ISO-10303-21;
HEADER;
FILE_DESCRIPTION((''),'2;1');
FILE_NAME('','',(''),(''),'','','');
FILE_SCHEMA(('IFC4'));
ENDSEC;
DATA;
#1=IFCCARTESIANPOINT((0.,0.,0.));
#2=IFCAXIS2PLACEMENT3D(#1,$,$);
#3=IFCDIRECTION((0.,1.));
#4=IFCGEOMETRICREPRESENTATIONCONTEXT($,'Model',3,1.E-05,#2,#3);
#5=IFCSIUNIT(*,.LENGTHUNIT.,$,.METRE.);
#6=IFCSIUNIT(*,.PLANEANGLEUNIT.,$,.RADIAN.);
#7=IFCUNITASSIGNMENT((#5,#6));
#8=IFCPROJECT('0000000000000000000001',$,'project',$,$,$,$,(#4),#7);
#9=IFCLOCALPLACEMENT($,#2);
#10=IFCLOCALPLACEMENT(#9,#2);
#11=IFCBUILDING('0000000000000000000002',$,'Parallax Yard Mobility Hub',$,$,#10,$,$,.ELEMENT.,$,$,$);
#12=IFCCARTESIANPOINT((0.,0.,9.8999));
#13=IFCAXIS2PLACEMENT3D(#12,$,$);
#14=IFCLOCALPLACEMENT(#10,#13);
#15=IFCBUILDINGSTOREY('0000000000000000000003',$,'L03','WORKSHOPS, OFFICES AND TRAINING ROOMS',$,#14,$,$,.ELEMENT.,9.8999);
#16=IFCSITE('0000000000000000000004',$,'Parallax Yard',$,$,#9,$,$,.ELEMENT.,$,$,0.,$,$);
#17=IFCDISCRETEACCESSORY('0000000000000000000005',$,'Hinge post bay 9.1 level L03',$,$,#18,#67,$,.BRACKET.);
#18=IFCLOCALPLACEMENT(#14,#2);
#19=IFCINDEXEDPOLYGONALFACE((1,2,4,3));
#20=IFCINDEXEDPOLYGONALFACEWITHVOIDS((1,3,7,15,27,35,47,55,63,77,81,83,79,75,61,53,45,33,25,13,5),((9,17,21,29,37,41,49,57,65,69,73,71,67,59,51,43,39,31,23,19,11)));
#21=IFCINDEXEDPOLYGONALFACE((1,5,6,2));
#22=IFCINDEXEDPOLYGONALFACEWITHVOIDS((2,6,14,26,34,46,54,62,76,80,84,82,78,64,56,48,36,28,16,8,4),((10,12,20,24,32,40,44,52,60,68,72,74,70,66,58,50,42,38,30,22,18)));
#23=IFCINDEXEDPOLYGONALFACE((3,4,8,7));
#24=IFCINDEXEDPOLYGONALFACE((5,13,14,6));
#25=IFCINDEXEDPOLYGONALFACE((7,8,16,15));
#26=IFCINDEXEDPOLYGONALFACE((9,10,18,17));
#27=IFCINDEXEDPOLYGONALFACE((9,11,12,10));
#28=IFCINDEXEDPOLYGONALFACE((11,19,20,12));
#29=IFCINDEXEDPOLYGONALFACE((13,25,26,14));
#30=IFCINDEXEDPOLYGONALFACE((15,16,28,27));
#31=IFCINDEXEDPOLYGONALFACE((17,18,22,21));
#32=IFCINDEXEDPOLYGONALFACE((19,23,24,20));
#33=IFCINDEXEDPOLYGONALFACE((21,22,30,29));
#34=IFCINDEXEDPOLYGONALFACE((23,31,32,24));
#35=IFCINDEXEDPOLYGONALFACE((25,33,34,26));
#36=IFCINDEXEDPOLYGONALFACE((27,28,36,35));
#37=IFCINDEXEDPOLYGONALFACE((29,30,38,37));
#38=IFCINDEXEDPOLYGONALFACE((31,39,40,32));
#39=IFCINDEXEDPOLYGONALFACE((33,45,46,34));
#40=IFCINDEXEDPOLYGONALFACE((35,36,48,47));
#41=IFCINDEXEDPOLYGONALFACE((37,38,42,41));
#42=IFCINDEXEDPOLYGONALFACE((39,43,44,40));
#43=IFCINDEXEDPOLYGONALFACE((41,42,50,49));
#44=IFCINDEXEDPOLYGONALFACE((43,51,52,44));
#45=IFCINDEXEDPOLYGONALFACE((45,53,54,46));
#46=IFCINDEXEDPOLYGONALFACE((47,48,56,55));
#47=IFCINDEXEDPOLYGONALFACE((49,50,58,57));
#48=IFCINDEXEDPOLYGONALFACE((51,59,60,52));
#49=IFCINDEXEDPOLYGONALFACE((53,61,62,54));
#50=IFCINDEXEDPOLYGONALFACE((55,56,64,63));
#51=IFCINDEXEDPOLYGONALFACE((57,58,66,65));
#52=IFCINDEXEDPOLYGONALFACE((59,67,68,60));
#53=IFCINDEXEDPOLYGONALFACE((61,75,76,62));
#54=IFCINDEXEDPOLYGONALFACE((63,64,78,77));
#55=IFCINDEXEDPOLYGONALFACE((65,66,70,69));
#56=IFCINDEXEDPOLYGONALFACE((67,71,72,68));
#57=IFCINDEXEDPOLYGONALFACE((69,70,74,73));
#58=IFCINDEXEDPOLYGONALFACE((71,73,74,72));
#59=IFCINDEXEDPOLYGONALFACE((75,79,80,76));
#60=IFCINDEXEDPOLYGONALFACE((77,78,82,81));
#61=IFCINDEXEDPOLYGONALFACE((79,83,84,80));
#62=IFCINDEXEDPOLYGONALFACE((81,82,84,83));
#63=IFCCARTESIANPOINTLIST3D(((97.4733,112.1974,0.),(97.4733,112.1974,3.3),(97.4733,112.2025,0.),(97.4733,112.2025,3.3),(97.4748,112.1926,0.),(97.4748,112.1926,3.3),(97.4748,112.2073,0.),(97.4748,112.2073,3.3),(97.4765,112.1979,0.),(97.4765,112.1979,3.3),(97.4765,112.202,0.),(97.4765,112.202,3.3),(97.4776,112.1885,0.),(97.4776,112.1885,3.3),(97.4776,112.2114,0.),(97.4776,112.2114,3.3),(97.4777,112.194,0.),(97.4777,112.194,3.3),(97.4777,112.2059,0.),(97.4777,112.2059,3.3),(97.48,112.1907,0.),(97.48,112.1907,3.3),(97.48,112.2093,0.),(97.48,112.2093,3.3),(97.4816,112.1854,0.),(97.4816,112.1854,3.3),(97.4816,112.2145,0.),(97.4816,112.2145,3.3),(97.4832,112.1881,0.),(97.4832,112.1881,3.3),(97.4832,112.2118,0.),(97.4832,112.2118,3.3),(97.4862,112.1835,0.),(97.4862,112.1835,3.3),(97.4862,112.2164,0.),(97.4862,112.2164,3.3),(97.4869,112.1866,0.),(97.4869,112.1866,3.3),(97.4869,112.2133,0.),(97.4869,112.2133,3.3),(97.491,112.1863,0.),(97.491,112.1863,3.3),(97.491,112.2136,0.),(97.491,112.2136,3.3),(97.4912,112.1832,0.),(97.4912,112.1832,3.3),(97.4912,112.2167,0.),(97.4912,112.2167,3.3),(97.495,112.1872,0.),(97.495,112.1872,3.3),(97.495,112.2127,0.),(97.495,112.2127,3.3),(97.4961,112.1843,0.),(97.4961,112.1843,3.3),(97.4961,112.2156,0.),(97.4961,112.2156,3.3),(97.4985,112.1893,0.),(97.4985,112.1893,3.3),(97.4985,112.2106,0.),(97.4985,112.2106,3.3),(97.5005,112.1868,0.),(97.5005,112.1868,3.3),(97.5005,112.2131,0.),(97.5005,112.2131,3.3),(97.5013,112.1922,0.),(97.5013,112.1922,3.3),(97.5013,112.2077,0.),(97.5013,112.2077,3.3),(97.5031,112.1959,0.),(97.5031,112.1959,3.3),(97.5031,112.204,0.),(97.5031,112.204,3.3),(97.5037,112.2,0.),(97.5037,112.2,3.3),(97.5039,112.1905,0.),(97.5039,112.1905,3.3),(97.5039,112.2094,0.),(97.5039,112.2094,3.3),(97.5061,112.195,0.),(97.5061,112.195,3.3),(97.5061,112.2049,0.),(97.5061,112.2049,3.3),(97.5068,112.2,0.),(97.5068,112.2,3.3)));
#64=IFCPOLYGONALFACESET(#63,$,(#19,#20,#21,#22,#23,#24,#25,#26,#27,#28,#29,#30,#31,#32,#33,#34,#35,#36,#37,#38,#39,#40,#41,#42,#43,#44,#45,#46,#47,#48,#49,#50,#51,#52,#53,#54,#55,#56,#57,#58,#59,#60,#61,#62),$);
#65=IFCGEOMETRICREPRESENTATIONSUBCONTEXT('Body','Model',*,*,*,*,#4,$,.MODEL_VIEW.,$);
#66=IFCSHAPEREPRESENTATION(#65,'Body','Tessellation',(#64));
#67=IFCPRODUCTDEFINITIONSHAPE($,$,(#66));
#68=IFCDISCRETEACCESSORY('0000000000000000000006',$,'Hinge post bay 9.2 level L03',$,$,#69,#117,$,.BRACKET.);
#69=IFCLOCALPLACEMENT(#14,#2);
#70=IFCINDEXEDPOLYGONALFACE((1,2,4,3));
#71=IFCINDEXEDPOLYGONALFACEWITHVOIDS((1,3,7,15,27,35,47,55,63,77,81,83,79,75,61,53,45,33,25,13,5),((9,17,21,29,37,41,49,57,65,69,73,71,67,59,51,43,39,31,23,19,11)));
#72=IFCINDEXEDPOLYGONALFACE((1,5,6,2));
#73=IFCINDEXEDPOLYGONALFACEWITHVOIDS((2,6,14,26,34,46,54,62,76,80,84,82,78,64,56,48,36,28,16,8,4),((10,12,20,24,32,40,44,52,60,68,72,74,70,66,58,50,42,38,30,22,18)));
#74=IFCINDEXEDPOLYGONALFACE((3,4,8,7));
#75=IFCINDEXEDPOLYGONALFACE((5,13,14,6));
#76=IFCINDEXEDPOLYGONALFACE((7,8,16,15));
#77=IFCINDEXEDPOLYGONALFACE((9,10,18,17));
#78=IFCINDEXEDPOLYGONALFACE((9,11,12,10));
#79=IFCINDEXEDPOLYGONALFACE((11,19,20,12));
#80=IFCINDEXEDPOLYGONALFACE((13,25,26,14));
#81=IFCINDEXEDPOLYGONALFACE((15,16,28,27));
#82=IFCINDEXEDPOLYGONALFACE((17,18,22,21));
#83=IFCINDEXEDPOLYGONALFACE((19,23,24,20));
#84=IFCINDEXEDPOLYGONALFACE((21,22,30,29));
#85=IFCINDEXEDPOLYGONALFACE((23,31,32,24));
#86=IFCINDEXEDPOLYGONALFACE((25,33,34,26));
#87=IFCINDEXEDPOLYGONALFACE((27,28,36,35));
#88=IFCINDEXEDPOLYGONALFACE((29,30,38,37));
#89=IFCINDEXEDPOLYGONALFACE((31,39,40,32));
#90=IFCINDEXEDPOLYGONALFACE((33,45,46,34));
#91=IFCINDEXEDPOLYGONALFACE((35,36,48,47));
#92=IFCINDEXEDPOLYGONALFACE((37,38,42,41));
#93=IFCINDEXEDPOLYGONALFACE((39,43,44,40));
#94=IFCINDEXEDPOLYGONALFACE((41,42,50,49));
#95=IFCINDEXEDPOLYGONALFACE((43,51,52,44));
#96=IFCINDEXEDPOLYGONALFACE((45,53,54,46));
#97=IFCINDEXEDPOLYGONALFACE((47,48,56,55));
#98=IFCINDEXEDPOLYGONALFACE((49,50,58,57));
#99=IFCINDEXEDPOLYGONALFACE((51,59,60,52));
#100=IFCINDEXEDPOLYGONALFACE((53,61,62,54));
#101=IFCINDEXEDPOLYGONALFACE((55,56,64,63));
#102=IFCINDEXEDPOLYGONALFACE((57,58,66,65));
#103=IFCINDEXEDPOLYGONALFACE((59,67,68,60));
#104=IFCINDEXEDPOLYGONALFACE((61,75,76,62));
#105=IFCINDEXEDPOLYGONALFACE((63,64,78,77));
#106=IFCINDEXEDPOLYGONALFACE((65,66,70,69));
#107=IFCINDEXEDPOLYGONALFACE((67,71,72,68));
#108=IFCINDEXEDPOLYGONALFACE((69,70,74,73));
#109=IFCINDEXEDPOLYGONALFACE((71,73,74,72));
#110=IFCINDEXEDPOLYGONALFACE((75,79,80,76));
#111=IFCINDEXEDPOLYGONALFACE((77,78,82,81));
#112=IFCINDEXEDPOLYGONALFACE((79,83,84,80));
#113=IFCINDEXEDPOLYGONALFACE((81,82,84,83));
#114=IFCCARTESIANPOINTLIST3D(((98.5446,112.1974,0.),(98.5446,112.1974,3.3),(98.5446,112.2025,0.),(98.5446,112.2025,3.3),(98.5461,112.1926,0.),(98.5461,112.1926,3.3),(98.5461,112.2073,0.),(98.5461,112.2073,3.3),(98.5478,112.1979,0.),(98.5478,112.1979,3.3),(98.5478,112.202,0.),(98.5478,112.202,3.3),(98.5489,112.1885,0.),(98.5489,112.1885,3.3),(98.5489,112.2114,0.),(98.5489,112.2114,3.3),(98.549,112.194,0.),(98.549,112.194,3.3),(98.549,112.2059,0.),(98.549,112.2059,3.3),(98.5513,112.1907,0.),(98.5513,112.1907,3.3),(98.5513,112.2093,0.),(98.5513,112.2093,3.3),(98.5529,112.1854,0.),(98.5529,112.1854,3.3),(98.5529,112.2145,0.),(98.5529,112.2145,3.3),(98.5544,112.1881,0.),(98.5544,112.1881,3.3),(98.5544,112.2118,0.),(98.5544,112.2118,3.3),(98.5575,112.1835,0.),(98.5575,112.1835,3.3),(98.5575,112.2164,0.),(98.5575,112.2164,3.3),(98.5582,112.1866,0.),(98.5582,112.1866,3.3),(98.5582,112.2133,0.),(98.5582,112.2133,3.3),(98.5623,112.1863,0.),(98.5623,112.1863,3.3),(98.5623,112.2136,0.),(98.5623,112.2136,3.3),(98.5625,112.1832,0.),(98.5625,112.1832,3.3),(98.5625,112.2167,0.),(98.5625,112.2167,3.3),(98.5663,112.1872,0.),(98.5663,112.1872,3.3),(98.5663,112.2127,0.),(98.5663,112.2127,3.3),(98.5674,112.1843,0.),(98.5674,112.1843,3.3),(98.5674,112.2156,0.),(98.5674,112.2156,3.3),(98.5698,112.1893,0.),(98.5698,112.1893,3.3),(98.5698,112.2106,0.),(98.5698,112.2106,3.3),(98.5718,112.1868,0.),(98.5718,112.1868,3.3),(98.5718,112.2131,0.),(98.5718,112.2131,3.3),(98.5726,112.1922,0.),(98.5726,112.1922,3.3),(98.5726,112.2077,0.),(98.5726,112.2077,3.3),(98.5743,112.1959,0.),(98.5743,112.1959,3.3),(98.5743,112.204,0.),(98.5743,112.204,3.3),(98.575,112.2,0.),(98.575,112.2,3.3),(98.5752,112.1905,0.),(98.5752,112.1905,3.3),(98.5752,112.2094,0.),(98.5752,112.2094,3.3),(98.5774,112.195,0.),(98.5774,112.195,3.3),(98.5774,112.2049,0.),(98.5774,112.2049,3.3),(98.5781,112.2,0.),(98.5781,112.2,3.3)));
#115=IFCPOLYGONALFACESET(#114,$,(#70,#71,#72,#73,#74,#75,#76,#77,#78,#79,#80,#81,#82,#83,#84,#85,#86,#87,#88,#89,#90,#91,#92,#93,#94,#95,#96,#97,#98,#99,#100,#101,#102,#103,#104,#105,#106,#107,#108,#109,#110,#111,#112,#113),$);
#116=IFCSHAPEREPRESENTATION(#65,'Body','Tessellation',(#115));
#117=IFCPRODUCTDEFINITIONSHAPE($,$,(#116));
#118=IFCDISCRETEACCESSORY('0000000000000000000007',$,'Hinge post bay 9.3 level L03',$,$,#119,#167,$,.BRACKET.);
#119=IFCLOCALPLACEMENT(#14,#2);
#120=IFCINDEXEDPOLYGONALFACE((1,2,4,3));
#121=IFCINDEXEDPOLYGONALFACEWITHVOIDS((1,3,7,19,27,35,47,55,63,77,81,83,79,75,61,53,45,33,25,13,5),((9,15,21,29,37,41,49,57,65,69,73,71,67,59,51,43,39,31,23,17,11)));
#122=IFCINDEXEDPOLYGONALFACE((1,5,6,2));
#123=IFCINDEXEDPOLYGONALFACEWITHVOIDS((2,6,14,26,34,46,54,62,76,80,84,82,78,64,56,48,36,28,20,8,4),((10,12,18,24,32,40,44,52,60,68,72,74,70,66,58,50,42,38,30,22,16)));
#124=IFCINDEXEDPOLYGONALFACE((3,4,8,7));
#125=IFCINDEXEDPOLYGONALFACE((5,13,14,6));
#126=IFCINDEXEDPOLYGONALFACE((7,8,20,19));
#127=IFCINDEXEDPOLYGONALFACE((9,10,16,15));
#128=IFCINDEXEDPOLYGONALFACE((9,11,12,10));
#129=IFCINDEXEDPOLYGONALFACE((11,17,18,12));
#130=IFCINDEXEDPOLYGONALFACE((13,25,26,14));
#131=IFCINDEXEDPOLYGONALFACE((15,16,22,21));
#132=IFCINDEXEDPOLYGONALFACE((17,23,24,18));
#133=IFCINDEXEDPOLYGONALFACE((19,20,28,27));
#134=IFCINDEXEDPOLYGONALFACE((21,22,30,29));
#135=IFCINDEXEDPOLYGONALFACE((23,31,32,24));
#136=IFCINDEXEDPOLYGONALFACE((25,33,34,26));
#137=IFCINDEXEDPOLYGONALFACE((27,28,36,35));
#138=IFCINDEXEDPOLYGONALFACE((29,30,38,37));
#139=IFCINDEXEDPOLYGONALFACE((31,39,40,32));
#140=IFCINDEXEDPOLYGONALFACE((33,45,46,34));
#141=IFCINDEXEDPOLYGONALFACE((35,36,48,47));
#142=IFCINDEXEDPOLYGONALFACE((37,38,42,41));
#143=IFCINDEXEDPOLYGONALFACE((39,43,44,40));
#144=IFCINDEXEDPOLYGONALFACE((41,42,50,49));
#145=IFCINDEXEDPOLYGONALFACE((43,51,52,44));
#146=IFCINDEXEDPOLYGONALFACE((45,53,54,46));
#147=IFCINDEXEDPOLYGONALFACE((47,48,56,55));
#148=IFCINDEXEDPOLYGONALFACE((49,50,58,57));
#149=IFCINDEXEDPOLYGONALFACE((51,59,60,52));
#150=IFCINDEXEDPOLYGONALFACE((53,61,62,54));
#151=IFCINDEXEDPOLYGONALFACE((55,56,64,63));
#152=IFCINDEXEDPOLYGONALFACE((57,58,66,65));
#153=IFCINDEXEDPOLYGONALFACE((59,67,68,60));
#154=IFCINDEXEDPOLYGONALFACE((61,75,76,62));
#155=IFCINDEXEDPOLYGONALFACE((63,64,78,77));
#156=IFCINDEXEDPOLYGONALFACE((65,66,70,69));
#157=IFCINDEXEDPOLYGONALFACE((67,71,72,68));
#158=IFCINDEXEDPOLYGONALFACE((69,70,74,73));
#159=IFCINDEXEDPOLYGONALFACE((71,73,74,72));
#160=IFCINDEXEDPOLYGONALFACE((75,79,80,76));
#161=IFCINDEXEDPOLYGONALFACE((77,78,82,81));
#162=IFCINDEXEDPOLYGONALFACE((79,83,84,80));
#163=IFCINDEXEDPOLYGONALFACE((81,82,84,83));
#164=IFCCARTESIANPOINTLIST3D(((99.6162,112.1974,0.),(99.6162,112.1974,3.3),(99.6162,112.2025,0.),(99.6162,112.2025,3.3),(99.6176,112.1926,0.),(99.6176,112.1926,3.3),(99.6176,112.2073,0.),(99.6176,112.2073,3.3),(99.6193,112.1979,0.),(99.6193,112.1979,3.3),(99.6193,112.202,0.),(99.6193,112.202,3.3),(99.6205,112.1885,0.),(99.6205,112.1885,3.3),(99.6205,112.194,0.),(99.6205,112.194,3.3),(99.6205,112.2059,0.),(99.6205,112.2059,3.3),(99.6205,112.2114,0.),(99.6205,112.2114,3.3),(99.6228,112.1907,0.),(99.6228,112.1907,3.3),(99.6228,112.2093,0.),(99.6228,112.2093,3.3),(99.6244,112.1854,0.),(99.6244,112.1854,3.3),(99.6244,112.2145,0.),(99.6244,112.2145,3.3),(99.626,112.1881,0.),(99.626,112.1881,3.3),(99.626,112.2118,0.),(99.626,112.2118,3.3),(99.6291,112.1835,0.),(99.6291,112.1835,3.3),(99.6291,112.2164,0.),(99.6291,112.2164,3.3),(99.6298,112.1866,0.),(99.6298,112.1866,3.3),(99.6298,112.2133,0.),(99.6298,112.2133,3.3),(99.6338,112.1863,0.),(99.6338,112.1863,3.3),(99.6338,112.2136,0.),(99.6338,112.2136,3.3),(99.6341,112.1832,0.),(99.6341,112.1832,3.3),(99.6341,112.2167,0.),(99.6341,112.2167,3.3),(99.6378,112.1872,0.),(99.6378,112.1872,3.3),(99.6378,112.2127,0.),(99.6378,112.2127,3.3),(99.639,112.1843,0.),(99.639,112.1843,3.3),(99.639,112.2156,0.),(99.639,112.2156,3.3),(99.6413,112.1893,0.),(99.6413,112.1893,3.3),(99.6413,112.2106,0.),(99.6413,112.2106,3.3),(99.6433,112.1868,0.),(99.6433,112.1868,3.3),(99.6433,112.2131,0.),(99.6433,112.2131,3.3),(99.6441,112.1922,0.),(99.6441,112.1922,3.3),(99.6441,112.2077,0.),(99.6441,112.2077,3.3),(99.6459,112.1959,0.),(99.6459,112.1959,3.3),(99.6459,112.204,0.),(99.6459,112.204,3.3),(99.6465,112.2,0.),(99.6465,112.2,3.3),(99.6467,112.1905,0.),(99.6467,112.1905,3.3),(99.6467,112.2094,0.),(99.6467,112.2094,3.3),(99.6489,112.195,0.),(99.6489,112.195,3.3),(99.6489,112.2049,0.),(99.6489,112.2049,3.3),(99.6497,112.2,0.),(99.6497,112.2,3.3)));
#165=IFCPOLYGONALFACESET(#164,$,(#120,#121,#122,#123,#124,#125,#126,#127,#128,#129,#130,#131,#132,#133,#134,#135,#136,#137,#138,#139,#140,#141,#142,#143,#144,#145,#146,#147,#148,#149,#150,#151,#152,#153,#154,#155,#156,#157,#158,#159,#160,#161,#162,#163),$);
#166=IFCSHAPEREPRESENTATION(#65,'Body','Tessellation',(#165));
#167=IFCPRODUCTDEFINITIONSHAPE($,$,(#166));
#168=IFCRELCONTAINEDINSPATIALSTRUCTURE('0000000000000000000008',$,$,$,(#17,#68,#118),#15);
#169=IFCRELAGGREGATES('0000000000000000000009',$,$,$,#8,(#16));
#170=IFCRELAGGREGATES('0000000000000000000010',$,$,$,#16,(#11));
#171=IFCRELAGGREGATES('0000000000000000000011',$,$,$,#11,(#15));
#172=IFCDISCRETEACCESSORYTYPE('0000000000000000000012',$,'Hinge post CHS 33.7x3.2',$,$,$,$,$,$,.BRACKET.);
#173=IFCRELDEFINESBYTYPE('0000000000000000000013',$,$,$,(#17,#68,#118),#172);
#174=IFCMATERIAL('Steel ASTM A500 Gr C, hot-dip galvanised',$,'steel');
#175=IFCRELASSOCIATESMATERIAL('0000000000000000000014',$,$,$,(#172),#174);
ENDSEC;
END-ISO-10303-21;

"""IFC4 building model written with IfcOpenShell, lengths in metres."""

from ifc_helpers import new_model, si_unit, direction, frame, origin, origin_2d, place, context, subcontext, project, spatial, hollow_circle, extrude, material, material_profile, profile_set, type_object, element, save


model = new_model("IFC4")

# Units and contexts
model_context = context("Model", 3, precision=1e-05, world=origin(), true_north=direction((0.0, 1.0)))
body_context = subcontext(model_context, "Body", "Model", "MODEL_VIEW")
ifc_project = project(units=[si_unit("LENGTHUNIT", "METRE"), si_unit("PLANEANGLEUNIT", "RADIAN")], contexts=[model_context])

# Site, building, storey
site_placement = place(None, origin())
site = spatial("IfcSite", under=ifc_project, at=site_placement, Name="Parallax Yard", CompositionType="ELEMENT", RefElevation=0.0)
building_placement = place(site_placement, origin())
building = spatial("IfcBuilding", under=site, at=building_placement, Name="Parallax Yard Mobility Hub", CompositionType="ELEMENT")
storey_placement = place(building_placement, frame((0.0, 0.0, 9.8999)))
storey = spatial("IfcBuildingStorey", under=building, at=storey_placement, Name="L03", Description="WORKSHOPS, OFFICES AND TRAINING ROOMS", CompositionType="ELEMENT", Elevation=9.8999)

# Discrete accessories
ifc_material_1 = material(Name="Steel ASTM A500 Gr C, hot-dip galvanised", Category="steel")
ifc_material_profile = material_profile(ifc_material_1, hollow_circle(Radius=0.0168, WallThickness=0.0032, at=origin_2d()), Name="CHS 33.7x3.2")
ifc_profile_set = profile_set([ifc_material_profile], Name="Steel ASTM A500 Gr C, hot-dip galvanised")
discrete_accessory_type = type_object("IfcDiscreteAccessoryType", Name="Hinge post CHS 33.7x3.2", PredefinedType="BRACKET", material=ifc_profile_set)
for number, where, z_axis, x_axis, name in (
    (1, (97.49, 112.2, 0.0), (0.0, 0.0, 1.0), (1.0, 0.0, 0.0), "Hinge post bay 9.1 level L03"),
    (2, (98.5613, 112.2, 0.0), (0.0, 0.0, 1.0), (1.0, 0.0, 0.0), "Hinge post bay 9.2 level L03"),
    (3, (99.6328, 112.2, 0.0), (0.0, 0.0, 1.0), (1.0, 0.0, 0.0), "Hinge post bay 9.3 level L03"),
):
    element("IfcDiscreteAccessory", number, at=place(storey_placement, frame(where, z_axis=z_axis, x_axis=x_axis)), inside=storey, type_object=discrete_accessory_type, Name=name, PredefinedType="BRACKET", context=body_context, shape_type="SweptSolid", body=[
        extrude(hollow_circle(Radius=0.0168, WallThickness=0.0032, at=origin_2d()), origin(), (0.0, 0.0, 1.0), 3.3),
    ])

save(model, "model.ifc")
